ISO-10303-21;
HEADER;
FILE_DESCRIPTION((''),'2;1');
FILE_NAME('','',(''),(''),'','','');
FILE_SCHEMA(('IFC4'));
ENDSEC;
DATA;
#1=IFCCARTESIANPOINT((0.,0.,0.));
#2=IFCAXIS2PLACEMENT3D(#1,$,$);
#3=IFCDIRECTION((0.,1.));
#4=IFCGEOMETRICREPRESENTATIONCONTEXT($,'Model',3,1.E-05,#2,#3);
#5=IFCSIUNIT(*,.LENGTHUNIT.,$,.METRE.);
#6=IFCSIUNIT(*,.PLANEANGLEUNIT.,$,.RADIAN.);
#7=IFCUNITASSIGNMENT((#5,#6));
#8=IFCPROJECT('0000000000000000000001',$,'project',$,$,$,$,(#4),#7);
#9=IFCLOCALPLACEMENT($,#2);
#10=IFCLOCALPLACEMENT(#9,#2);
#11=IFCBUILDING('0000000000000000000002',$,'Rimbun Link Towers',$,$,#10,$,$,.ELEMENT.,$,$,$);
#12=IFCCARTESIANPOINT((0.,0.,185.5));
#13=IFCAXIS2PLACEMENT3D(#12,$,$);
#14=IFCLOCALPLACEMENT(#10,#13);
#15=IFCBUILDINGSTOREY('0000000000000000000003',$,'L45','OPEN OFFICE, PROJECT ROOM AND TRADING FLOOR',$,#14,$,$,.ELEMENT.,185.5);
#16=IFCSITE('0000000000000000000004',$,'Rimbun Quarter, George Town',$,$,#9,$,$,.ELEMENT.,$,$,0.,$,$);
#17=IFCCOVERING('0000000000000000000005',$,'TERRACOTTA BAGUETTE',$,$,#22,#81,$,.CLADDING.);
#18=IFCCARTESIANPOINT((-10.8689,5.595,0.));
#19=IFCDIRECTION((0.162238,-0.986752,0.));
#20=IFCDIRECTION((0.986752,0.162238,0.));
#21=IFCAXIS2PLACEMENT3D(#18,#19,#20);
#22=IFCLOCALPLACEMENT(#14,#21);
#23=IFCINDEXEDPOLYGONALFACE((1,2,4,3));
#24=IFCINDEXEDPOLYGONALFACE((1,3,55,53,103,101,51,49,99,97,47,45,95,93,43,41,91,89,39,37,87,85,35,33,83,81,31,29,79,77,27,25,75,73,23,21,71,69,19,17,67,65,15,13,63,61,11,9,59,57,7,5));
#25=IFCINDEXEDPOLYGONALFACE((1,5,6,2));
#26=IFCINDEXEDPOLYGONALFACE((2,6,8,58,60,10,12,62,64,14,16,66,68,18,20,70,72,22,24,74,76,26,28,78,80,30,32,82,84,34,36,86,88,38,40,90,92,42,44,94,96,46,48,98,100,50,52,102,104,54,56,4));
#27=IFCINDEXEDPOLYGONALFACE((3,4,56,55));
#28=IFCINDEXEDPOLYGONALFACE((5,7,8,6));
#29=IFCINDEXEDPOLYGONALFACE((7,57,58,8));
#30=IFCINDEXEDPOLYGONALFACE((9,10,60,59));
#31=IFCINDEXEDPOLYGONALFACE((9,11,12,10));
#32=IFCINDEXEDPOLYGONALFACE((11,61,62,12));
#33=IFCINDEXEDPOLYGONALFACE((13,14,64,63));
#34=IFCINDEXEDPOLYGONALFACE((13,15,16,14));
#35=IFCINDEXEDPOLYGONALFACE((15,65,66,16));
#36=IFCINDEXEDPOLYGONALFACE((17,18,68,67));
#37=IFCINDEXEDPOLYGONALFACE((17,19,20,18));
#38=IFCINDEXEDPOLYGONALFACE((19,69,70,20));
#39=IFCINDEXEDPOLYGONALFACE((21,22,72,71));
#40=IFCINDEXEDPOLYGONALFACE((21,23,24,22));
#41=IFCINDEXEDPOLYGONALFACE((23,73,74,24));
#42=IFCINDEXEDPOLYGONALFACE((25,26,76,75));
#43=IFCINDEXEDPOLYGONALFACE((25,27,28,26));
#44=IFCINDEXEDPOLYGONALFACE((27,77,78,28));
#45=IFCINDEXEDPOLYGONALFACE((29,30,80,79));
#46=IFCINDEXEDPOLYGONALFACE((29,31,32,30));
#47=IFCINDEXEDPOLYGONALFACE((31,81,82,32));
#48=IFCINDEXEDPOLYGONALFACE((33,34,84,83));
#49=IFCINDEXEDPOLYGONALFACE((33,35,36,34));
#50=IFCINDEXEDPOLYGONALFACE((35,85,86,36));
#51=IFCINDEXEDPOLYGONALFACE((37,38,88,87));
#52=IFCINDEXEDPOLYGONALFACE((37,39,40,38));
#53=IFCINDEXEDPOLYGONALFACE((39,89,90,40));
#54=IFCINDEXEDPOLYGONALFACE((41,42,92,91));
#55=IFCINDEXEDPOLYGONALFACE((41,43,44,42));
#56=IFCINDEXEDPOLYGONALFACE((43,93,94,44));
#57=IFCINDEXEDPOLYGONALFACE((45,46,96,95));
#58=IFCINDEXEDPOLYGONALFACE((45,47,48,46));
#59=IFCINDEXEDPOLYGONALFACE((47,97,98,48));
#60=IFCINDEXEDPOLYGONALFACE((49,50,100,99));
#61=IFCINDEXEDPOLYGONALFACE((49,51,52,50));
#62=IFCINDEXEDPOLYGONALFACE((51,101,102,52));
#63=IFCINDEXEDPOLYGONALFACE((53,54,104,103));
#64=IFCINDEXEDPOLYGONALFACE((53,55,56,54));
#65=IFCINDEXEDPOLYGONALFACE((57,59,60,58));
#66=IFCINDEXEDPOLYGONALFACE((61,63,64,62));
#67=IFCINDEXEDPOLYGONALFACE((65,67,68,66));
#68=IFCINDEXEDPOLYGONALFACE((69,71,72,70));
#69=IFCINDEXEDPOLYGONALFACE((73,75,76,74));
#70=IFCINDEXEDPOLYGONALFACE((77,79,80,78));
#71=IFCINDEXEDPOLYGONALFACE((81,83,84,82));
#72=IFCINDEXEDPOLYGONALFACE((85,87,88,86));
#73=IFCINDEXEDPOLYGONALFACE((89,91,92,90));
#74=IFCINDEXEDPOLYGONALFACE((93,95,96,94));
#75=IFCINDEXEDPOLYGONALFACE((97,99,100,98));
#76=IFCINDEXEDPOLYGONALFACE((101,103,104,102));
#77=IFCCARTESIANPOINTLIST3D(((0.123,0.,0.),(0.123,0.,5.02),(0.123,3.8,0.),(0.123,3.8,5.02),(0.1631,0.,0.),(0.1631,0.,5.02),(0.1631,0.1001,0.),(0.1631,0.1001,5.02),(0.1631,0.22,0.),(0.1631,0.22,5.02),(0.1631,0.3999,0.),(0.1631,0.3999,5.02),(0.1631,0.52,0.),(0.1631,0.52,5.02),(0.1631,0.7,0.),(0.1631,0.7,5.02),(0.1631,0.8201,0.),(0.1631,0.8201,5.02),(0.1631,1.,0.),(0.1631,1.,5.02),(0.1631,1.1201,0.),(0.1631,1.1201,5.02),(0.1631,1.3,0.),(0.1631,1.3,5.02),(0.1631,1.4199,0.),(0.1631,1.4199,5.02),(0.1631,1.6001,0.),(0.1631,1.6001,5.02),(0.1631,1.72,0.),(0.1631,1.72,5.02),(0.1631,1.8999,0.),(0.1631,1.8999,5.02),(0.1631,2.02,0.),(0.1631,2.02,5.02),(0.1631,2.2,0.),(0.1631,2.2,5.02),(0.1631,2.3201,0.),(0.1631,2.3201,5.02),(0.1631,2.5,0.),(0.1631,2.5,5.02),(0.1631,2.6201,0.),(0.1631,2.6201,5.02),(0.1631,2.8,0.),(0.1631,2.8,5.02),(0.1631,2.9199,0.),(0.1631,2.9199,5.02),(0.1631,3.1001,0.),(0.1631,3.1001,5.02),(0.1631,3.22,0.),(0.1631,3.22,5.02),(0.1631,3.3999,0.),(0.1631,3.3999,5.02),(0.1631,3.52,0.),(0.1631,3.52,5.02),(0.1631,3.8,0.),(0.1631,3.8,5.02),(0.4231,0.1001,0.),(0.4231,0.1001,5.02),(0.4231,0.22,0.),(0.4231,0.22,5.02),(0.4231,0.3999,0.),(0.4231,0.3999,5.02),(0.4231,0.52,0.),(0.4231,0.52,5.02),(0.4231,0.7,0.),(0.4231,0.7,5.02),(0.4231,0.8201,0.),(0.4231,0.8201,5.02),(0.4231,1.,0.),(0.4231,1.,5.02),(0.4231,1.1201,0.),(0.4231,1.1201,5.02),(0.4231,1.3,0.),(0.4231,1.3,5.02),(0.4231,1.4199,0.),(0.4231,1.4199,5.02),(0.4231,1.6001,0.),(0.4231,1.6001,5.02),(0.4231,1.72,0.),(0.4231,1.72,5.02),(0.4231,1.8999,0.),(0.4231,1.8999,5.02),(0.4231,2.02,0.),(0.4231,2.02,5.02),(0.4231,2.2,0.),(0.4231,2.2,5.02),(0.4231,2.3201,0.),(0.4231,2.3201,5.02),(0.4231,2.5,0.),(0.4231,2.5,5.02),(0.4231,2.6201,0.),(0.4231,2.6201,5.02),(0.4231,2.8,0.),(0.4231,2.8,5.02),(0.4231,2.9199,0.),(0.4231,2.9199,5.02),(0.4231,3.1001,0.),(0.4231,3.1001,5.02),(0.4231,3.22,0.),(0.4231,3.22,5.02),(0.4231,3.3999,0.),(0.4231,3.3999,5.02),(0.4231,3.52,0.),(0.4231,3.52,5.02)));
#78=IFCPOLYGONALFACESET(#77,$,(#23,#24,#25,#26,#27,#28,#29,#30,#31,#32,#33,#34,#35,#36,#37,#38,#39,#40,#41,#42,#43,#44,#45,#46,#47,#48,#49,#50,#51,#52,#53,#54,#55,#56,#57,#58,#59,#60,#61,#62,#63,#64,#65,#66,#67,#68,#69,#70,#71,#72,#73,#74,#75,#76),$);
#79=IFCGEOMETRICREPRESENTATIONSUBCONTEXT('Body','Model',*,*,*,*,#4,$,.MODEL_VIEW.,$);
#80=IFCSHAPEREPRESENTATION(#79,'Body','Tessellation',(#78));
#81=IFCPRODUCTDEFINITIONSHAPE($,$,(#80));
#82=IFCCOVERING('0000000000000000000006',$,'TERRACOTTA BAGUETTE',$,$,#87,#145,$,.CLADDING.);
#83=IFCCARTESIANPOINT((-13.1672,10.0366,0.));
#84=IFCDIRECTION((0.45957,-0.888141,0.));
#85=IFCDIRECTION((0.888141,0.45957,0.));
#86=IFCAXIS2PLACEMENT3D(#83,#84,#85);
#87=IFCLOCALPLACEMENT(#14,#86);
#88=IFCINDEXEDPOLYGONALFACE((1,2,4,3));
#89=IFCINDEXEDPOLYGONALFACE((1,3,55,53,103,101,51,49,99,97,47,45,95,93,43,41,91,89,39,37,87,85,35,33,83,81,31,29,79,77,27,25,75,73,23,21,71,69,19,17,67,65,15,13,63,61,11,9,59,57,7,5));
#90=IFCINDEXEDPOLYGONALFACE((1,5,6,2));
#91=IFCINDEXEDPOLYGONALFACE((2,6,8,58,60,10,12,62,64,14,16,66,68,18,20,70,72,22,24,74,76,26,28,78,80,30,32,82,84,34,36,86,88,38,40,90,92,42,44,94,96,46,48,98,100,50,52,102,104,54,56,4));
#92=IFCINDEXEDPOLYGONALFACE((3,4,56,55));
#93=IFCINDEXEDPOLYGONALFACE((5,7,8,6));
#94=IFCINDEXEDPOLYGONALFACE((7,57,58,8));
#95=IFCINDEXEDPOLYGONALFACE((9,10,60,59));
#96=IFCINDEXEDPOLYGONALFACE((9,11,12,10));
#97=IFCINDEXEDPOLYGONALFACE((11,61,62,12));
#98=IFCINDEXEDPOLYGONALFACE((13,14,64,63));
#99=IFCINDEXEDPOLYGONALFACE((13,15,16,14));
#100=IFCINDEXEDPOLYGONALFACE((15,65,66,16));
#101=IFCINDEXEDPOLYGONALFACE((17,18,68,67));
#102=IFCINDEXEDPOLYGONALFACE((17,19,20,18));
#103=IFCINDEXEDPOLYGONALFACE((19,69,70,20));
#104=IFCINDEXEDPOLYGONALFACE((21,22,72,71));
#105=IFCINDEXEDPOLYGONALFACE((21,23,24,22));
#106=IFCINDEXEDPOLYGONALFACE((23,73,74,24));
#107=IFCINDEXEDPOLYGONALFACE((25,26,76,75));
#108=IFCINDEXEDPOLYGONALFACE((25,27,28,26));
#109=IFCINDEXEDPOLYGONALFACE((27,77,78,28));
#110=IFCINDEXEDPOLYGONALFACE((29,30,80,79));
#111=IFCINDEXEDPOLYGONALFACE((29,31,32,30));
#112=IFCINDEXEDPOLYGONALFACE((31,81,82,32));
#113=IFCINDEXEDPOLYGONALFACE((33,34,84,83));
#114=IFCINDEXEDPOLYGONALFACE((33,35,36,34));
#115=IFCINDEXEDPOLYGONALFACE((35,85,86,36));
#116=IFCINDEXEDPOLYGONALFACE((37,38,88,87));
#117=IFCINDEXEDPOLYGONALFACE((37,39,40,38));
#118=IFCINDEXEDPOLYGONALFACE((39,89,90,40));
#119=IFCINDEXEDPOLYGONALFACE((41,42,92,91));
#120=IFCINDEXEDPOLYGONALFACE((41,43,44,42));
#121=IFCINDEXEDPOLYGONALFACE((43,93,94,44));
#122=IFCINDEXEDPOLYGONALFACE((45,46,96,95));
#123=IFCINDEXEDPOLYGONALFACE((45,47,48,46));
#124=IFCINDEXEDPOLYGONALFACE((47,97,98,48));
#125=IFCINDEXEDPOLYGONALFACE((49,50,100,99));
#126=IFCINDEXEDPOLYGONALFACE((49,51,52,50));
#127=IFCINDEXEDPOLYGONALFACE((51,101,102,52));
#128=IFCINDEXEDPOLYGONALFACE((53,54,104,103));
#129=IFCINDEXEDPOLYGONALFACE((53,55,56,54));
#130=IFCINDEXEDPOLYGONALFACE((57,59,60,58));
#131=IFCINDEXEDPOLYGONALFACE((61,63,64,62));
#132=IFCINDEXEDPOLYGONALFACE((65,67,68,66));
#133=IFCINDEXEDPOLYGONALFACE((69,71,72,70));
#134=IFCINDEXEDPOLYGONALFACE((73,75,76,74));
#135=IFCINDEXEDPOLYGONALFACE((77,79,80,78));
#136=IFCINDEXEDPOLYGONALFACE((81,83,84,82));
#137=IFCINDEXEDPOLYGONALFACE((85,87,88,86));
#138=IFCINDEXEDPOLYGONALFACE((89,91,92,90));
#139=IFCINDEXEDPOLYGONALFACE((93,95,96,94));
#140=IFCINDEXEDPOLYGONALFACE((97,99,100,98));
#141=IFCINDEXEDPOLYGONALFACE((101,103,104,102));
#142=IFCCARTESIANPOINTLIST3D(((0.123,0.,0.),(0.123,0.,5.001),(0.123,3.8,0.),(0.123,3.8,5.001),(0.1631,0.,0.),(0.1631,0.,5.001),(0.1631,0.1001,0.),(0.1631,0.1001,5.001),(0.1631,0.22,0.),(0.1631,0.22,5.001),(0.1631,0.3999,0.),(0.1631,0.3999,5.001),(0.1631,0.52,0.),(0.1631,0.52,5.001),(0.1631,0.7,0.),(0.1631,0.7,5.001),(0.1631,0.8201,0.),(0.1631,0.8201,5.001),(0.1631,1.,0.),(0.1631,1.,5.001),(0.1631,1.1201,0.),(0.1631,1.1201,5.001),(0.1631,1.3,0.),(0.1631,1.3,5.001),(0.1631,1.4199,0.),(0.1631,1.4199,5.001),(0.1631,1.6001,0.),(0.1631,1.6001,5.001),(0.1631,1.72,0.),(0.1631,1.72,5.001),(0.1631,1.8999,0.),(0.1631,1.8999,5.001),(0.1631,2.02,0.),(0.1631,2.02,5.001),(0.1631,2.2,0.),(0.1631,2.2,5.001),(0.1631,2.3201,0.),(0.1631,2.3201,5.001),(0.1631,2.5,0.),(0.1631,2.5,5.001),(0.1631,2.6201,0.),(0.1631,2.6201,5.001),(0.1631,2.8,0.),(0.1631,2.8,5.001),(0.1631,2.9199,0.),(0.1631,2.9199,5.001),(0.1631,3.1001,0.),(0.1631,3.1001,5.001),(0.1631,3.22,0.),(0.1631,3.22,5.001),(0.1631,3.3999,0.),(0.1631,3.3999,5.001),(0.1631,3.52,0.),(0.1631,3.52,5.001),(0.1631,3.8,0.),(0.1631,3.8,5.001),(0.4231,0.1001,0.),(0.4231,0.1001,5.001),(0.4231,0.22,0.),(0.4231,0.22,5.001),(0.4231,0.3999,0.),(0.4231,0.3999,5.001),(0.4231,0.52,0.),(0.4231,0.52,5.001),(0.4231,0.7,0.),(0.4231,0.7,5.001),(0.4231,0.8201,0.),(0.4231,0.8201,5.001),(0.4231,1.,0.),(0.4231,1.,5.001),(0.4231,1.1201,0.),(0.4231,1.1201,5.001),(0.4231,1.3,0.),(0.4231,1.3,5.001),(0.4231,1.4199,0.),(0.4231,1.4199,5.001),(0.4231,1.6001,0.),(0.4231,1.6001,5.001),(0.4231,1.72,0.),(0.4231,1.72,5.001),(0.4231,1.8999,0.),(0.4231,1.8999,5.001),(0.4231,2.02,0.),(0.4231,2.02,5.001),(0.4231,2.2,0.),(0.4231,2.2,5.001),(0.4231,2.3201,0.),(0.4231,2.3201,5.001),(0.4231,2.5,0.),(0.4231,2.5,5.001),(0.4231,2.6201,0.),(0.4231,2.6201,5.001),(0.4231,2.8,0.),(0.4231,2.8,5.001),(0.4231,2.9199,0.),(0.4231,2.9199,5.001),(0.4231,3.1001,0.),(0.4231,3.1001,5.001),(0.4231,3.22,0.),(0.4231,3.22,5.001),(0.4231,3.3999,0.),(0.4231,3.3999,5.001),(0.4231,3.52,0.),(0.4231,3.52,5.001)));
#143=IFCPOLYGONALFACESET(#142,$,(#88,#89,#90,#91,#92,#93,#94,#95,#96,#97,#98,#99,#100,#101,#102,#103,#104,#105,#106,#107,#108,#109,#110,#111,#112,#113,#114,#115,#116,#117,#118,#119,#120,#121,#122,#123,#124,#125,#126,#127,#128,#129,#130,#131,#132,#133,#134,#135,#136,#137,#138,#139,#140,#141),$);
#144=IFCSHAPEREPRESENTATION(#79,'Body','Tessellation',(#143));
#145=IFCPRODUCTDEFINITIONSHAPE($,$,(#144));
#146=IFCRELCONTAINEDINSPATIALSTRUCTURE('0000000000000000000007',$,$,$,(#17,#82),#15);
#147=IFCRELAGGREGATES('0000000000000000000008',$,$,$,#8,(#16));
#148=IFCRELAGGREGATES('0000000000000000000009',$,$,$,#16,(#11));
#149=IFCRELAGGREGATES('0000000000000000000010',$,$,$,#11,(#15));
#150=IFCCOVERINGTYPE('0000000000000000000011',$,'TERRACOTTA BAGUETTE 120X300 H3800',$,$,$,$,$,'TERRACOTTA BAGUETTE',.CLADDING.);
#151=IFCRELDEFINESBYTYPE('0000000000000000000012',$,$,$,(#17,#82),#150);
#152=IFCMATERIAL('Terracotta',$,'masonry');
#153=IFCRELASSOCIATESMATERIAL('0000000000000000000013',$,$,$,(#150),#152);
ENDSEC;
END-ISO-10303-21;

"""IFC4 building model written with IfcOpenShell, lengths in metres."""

from ifc_helpers import new_model, si_unit, direction, frame, origin, place, context, subcontext, project, spatial, polyline, outline, extrude, material, material_profile, profile_set, type_object, element, save


model = new_model("IFC4")

# Units and contexts
model_context = context("Model", 3, precision=1e-05, world=origin(), true_north=direction((0.0, 1.0)))
body_context = subcontext(model_context, "Body", "Model", "MODEL_VIEW")
ifc_project = project(units=[si_unit("LENGTHUNIT", "METRE"), si_unit("PLANEANGLEUNIT", "RADIAN")], contexts=[model_context])

# Site, building, storey
site_placement = place(None, origin())
site = spatial("IfcSite", under=ifc_project, at=site_placement, Name="Rimbun Quarter, George Town", CompositionType="ELEMENT", RefElevation=0.0)
building_placement = place(site_placement, origin())
building = spatial("IfcBuilding", under=site, at=building_placement, Name="Rimbun Link Towers", CompositionType="ELEMENT")
storey_placement = place(building_placement, frame((0.0, 0.0, 185.5)))
storey = spatial("IfcBuildingStorey", under=building, at=storey_placement, Name="L45", Description="OPEN OFFICE, PROJECT ROOM AND TRADING FLOOR", CompositionType="ELEMENT", Elevation=185.5)

# Coverings
ifc_material_1 = material(Name="Terracotta", Category="masonry")
ifc_material_profile_1 = material_profile(ifc_material_1, outline(polyline([(0.123, 0.0), (0.1631, 0.0), (0.1631, 0.1001), (0.4231, 0.1001), (0.4231, 0.22), (0.1631, 0.22), (0.1631, 0.3999), (0.4231, 0.3999), (0.4231, 0.52), (0.1631, 0.52), (0.1631, 0.7), (0.4231, 0.7), (0.4231, 0.8201), (0.1631, 0.8201), (0.1631, 1.0), (0.4231, 1.0), (0.4231, 1.1201), (0.1631, 1.1201), (0.1631, 1.3), (0.4231, 1.3), (0.4231, 1.4199), (0.1631, 1.4199), (0.1631, 1.6001), (0.4231, 1.6001), (0.4231, 1.72), (0.1631, 1.72), (0.1631, 1.8999), (0.4231, 1.8999), (0.4231, 2.02), (0.1631, 2.02), (0.1631, 2.2), (0.4231, 2.2), (0.4231, 2.3201), (0.1631, 2.3201), (0.1631, 2.5), (0.4231, 2.5), (0.4231, 2.6201), (0.1631, 2.6201), (0.1631, 2.8), (0.4231, 2.8), (0.4231, 2.9199), (0.1631, 2.9199), (0.1631, 3.1001), (0.4231, 3.1001), (0.4231, 3.22), (0.1631, 3.22), (0.1631, 3.3999), (0.4231, 3.3999), (0.4231, 3.52), (0.1631, 3.52), (0.1631, 3.8), (0.123, 3.8), (0.123, 0.0)])), Name="BAGUETTE 120X300")
ifc_profile_set_1 = profile_set([ifc_material_profile_1], Name="Terracotta")
covering_type_1 = type_object("IfcCoveringType", Name="TERRACOTTA BAGUETTE 120X300 H3800", ElementType="TERRACOTTA BAGUETTE", PredefinedType="CLADDING", material=ifc_profile_set_1)
covering_1_placement = place(storey_placement, frame((-10.8689, 5.595, 0.0), z_axis=(0.162238, -0.986752, 0.0), x_axis=(0.986752, 0.162238, 0.0)))
element("IfcCovering", 1, at=covering_1_placement, inside=storey, type_object=covering_type_1, Name="TERRACOTTA BAGUETTE", PredefinedType="CLADDING", context=body_context, shape_type="SweptSolid", body=[
    extrude(outline(polyline([(0.123, 0.0), (0.1631, 0.0), (0.1631, 0.1001), (0.4231, 0.1001), (0.4231, 0.22), (0.1631, 0.22), (0.1631, 0.3999), (0.4231, 0.3999), (0.4231, 0.52), (0.1631, 0.52), (0.1631, 0.7), (0.4231, 0.7), (0.4231, 0.8201), (0.1631, 0.8201), (0.1631, 1.0), (0.4231, 1.0), (0.4231, 1.1201), (0.1631, 1.1201), (0.1631, 1.3), (0.4231, 1.3), (0.4231, 1.4199), (0.1631, 1.4199), (0.1631, 1.6001), (0.4231, 1.6001), (0.4231, 1.72), (0.1631, 1.72), (0.1631, 1.8999), (0.4231, 1.8999), (0.4231, 2.02), (0.1631, 2.02), (0.1631, 2.2), (0.4231, 2.2), (0.4231, 2.3201), (0.1631, 2.3201), (0.1631, 2.5), (0.4231, 2.5), (0.4231, 2.6201), (0.1631, 2.6201), (0.1631, 2.8), (0.4231, 2.8), (0.4231, 2.9199), (0.1631, 2.9199), (0.1631, 3.1001), (0.4231, 3.1001), (0.4231, 3.22), (0.1631, 3.22), (0.1631, 3.3999), (0.4231, 3.3999), (0.4231, 3.52), (0.1631, 3.52), (0.1631, 3.8), (0.123, 3.8), (0.123, 0.0)])), origin(), (0.0, 0.0, 1.0), 5.02),
])
covering_2_placement = place(storey_placement, frame((-13.1672, 10.0366, 0.0), z_axis=(0.45957, -0.888141, 0.0), x_axis=(0.888141, 0.45957, 0.0)))
element("IfcCovering", 2, at=covering_2_placement, inside=storey, type_object=covering_type_1, Name="TERRACOTTA BAGUETTE", PredefinedType="CLADDING", context=body_context, shape_type="SweptSolid", body=[
    extrude(outline(polyline([(0.123, 0.0), (0.1631, 0.0), (0.1631, 0.1001), (0.4231, 0.1001), (0.4231, 0.22), (0.1631, 0.22), (0.1631, 0.3999), (0.4231, 0.3999), (0.4231, 0.52), (0.1631, 0.52), (0.1631, 0.7), (0.4231, 0.7), (0.4231, 0.8201), (0.1631, 0.8201), (0.1631, 1.0), (0.4231, 1.0), (0.4231, 1.1201), (0.1631, 1.1201), (0.1631, 1.3), (0.4231, 1.3), (0.4231, 1.4199), (0.1631, 1.4199), (0.1631, 1.6001), (0.4231, 1.6001), (0.4231, 1.72), (0.1631, 1.72), (0.1631, 1.8999), (0.4231, 1.8999), (0.4231, 2.02), (0.1631, 2.02), (0.1631, 2.2), (0.4231, 2.2), (0.4231, 2.3201), (0.1631, 2.3201), (0.1631, 2.5), (0.4231, 2.5), (0.4231, 2.6201), (0.1631, 2.6201), (0.1631, 2.8), (0.4231, 2.8), (0.4231, 2.9199), (0.1631, 2.9199), (0.1631, 3.1001), (0.4231, 3.1001), (0.4231, 3.22), (0.1631, 3.22), (0.1631, 3.3999), (0.4231, 3.3999), (0.4231, 3.52), (0.1631, 3.52), (0.1631, 3.8), (0.123, 3.8), (0.123, 0.0)])), origin(), (0.0, 0.0, 1.0), 5.001),
])

save(model, "model.ifc")
